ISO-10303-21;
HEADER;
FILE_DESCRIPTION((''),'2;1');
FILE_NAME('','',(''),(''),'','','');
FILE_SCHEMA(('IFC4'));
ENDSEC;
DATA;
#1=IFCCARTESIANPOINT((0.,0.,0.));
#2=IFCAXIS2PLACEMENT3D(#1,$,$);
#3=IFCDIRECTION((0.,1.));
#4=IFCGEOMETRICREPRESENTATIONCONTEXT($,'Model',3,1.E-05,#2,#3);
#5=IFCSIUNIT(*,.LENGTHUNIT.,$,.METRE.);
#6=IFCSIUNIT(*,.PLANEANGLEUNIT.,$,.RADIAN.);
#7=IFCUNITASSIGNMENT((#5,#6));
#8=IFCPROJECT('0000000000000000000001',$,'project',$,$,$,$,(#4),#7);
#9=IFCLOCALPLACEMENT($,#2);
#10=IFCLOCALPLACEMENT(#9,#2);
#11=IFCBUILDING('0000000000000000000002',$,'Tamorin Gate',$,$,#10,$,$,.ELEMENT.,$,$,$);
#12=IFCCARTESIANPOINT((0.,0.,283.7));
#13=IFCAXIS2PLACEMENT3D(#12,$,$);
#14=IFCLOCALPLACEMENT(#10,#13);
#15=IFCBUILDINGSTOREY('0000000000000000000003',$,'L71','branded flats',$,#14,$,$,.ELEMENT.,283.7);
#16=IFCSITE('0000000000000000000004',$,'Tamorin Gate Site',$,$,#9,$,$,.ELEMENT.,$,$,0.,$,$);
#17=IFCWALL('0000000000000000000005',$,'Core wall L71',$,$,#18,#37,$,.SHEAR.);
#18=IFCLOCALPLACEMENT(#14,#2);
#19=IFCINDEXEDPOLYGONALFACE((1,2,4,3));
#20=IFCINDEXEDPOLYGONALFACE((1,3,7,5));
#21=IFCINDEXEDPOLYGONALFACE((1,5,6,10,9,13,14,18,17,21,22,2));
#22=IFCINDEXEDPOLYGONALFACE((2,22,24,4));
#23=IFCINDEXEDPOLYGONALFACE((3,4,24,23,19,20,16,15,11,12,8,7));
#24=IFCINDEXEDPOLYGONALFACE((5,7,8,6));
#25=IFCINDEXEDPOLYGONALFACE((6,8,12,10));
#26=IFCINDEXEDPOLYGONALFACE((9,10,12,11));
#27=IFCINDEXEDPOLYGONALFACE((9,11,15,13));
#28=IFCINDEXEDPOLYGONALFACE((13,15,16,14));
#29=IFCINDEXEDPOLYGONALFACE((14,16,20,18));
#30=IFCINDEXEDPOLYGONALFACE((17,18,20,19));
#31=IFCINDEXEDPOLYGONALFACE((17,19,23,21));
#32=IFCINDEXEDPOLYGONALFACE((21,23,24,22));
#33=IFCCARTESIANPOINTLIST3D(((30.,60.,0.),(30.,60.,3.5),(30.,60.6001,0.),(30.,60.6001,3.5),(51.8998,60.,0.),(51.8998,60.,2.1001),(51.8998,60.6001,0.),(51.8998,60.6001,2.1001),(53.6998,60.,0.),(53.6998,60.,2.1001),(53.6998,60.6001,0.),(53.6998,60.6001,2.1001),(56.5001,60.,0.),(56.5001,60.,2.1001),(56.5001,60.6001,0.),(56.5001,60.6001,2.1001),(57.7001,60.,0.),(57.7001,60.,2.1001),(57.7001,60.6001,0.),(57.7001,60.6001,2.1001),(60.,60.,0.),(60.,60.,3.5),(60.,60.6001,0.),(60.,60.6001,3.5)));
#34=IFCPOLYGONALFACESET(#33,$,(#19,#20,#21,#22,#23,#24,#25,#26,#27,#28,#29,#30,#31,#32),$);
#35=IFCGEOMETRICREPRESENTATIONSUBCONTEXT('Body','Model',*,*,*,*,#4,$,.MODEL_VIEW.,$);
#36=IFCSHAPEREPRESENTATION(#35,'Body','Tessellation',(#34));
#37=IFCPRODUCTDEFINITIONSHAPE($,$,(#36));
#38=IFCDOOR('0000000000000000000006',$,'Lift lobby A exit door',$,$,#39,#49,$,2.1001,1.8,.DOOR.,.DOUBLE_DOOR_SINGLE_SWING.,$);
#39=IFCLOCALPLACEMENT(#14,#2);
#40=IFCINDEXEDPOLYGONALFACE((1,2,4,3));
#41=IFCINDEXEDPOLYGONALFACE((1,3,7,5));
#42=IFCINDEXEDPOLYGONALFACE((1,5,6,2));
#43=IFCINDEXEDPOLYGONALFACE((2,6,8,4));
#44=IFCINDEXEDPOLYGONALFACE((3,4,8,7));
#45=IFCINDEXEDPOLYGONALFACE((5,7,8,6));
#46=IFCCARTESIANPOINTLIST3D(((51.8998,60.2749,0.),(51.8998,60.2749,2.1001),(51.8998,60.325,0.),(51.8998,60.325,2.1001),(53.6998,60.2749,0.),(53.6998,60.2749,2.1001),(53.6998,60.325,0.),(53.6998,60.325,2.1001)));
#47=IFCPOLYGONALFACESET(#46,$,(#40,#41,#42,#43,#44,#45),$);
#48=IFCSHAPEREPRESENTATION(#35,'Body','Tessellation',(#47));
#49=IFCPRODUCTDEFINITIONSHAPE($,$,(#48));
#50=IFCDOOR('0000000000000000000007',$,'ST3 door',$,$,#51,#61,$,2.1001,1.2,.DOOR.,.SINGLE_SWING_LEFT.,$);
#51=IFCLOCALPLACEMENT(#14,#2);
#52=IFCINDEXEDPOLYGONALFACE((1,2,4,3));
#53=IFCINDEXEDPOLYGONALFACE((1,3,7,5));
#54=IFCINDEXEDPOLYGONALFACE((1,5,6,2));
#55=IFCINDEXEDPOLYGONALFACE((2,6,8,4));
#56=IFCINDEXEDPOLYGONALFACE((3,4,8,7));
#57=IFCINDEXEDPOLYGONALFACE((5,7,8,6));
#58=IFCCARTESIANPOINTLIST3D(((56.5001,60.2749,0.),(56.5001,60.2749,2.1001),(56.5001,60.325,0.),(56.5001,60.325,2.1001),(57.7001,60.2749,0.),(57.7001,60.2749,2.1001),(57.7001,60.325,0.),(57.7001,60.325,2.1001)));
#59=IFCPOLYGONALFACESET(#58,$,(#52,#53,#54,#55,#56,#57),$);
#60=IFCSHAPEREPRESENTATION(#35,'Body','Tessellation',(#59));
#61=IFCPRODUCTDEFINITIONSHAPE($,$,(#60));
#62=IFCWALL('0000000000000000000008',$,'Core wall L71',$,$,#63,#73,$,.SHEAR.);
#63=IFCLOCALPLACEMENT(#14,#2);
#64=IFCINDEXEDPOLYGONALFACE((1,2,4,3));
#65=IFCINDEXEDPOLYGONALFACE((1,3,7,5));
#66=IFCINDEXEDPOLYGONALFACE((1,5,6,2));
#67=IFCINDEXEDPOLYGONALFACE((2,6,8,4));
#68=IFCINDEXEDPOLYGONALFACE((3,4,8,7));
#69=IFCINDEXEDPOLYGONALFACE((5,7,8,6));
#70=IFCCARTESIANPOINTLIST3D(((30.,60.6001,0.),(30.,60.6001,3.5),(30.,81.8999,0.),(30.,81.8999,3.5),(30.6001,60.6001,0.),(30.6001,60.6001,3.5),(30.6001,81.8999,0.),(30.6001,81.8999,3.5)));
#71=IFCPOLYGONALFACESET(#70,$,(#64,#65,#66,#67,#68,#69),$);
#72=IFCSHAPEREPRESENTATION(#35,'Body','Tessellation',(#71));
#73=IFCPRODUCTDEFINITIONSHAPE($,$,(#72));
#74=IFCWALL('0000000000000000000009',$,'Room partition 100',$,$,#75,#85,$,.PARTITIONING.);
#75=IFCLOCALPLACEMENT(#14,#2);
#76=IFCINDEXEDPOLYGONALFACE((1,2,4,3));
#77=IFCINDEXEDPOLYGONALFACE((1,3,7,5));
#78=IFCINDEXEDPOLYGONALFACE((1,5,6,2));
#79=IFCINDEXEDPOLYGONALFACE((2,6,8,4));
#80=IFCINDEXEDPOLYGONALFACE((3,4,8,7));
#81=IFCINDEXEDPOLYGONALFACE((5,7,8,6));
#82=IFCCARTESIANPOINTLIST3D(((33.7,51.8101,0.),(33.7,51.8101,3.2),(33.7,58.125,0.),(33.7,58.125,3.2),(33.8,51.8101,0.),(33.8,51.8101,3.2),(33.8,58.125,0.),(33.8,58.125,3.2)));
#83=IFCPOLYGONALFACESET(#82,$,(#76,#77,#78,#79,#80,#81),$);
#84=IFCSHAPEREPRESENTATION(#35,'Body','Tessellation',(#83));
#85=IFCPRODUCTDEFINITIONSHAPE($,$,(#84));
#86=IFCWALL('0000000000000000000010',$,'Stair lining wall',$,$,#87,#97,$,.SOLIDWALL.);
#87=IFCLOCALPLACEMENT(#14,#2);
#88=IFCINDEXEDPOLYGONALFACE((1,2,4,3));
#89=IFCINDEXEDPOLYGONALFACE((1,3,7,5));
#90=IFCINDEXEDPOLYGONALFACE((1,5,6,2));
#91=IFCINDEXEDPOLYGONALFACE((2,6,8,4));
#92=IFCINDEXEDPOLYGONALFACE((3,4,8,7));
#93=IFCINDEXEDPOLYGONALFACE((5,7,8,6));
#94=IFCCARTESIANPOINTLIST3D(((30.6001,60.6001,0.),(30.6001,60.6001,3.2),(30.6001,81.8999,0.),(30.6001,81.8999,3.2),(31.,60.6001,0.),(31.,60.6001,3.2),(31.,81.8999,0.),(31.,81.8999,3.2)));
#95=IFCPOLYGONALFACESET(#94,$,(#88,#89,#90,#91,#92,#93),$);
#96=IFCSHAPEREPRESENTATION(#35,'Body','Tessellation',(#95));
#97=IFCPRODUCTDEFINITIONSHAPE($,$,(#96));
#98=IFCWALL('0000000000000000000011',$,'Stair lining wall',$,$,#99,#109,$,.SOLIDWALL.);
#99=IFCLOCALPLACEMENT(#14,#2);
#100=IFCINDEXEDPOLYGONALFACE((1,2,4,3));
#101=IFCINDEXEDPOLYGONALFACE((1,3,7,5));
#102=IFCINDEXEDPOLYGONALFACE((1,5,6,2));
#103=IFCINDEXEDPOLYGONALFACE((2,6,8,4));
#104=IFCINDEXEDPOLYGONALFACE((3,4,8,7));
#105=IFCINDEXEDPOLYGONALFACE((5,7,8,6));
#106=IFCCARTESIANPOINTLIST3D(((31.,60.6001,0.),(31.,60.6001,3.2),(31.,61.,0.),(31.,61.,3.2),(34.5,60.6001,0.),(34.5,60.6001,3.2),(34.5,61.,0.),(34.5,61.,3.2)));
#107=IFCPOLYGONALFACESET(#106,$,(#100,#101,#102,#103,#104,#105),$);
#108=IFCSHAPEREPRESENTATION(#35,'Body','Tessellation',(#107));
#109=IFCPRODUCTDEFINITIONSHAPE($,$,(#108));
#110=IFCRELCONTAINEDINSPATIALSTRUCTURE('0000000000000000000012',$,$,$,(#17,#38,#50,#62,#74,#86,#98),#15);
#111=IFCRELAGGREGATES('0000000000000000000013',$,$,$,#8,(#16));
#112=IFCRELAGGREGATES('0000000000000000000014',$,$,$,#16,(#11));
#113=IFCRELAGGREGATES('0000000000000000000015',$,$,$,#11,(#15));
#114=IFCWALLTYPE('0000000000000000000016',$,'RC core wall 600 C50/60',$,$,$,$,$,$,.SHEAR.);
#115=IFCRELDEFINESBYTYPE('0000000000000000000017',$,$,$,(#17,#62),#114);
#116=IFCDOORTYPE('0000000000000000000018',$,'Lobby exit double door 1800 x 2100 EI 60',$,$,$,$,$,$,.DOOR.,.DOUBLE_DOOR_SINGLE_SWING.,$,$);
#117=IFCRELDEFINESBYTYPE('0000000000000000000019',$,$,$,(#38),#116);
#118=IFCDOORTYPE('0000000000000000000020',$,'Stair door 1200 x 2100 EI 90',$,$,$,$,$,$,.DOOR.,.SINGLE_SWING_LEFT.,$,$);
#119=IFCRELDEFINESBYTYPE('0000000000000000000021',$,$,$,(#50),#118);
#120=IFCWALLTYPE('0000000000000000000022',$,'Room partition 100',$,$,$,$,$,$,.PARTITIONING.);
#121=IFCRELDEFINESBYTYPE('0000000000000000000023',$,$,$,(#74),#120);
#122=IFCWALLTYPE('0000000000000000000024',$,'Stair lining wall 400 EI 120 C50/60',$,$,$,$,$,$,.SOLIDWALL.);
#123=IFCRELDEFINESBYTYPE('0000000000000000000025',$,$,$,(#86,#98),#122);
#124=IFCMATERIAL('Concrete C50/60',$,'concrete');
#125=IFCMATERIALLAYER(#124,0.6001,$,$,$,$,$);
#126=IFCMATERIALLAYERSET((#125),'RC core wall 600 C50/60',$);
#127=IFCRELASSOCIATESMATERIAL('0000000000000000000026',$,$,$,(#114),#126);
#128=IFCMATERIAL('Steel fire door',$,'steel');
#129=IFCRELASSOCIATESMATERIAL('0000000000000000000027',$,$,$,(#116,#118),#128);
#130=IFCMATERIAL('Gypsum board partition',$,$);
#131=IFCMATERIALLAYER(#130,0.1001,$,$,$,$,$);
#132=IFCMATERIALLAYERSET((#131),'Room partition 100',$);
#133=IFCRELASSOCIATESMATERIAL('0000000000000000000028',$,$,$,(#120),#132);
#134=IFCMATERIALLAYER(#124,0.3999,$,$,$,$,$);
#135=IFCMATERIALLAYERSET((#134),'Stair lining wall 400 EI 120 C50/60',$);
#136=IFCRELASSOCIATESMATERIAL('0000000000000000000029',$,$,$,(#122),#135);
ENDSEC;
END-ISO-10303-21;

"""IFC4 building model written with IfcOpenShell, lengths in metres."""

from ifc_helpers import new_model, si_unit, direction, frame, frame_2d, origin, place, context, subcontext, project, spatial, rectangle, extrude, material, layer, layer_set, type_object, element, fill, save


model = new_model("IFC4")

# Units and contexts
model_context = context("Model", 3, precision=1e-05, world=origin(), true_north=direction((0.0, 1.0)))
body_context = subcontext(model_context, "Body", "Model", "MODEL_VIEW")
ifc_project = project(units=[si_unit("LENGTHUNIT", "METRE"), si_unit("PLANEANGLEUNIT", "RADIAN")], contexts=[model_context])

# Site, building, storey
site_placement = place(None, origin())
site = spatial("IfcSite", under=ifc_project, at=site_placement, Name="Tamorin Gate Site", CompositionType="ELEMENT", RefElevation=0.0)
building_placement = place(site_placement, origin())
building = spatial("IfcBuilding", under=site, at=building_placement, Name="Tamorin Gate", CompositionType="ELEMENT")
storey_placement = place(building_placement, frame((0.0, 0.0, 283.7)))
storey = spatial("IfcBuildingStorey", under=building, at=storey_placement, Name="L71", Description="branded flats", CompositionType="ELEMENT", Elevation=283.7)

# Shared definitions
ifc_material_1 = material(Name="Concrete C50/60", Category="concrete")

# Shared definitions
ifc_material_2 = material(Name="Gypsum board partition")

# Wall, openings, doors
ifc_layer_1 = layer(ifc_material_1, 0.6001)
ifc_layer_set_1 = layer_set([ifc_layer_1], Name="RC core wall 600 C50/60")
wall_type_1 = type_object("IfcWallType", Name="RC core wall 600 C50/60", PredefinedType="SHEAR", material=ifc_layer_set_1)
wall_1_placement = place(storey_placement, frame((30.0, 60.3, 0.0), z_axis=(0.0, 0.0, 1.0), x_axis=(1.0, 0.0, 0.0)))
wall_1 = element("IfcWall", 1, at=wall_1_placement, inside=storey, type_object=wall_type_1, Name="Core wall L71", PredefinedType="SHEAR", context=body_context, shape_type="SweptSolid", body=[
    extrude(rectangle(XDim=30.0, YDim=0.6001, at=frame_2d((15.0, 0.0))), origin(), (0.0, 0.0, 1.0), 3.5),
])
opening_1_placement = place(wall_1_placement, frame((21.8999, 0.0, 0.0)))
opening_1 = element("IfcOpeningElement", 2, at=opening_1_placement, cuts=wall_1, PredefinedType="OPENING", context=body_context, shape_type="SweptSolid", body=[
    extrude(rectangle(XDim=1.8, YDim=2.1001, at=frame_2d((0.8999, 1.05))), frame((0.0, 0.3101, 0.0), z_axis=(0.0, -1.0, 0.0), x_axis=(1.0, 0.0, 0.0)), (0.0, 0.0, 1.0), 0.6201),
])
opening_2_placement = place(wall_1_placement, frame((26.5, 0.0, 0.0)))
opening_2 = element("IfcOpeningElement", 3, at=opening_2_placement, cuts=wall_1, PredefinedType="OPENING", context=body_context, shape_type="SweptSolid", body=[
    extrude(rectangle(XDim=1.2, YDim=2.1001, at=frame_2d((0.6001, 1.05))), frame((0.0, 0.3101, 0.0), z_axis=(0.0, -1.0, 0.0), x_axis=(1.0, 0.0, 0.0)), (0.0, 0.0, 1.0), 0.6201),
])
ifc_material_3 = material(Name="Steel fire door", Category="steel")
door_type_1 = type_object("IfcDoorType", Name="Lobby exit double door 1800 x 2100 EI 60", OperationType="DOUBLE_DOOR_SINGLE_SWING", PredefinedType="DOOR", material=ifc_material_3)
door_1_placement = place(opening_1_placement, origin())
door_1 = element("IfcDoor", 4, at=door_1_placement, inside=storey, type_object=door_type_1, Name="Lift lobby A exit door", OperationType="DOUBLE_DOOR_SINGLE_SWING", OverallHeight=2.1001, OverallWidth=1.8, PredefinedType="DOOR", context=body_context, shape_type="SweptSolid", body=[
    extrude(rectangle(XDim=1.8, YDim=2.1001, at=frame_2d((0.8999, 1.05))), frame((0.0, 0.0249, 0.0), z_axis=(0.0, -1.0, 0.0), x_axis=(1.0, 0.0, 0.0)), (0.0, 0.0, 1.0), 0.05),
])
fill(opening_1, door_1)
door_type_2 = type_object("IfcDoorType", Name="Stair door 1200 x 2100 EI 90", OperationType="SINGLE_SWING_LEFT", PredefinedType="DOOR", material=ifc_material_3)
door_2_placement = place(opening_2_placement, origin())
door_2 = element("IfcDoor", 5, at=door_2_placement, inside=storey, type_object=door_type_2, Name="ST3 door", OperationType="SINGLE_SWING_LEFT", OverallHeight=2.1001, OverallWidth=1.2, PredefinedType="DOOR", context=body_context, shape_type="SweptSolid", body=[
    extrude(rectangle(XDim=1.2, YDim=2.1001, at=frame_2d((0.6001, 1.05))), frame((0.0, 0.0249, 0.0), z_axis=(0.0, -1.0, 0.0), x_axis=(1.0, 0.0, 0.0)), (0.0, 0.0, 1.0), 0.05),
])
fill(opening_2, door_2)

# Walls
wall_2_placement = place(storey_placement, frame((30.3, 60.6001, 0.0), z_axis=(0.0, 0.0, 1.0), x_axis=(0.0, 1.0, 0.0)))
element("IfcWall", 6, at=wall_2_placement, inside=storey, type_object=wall_type_1, Name="Core wall L71", PredefinedType="SHEAR", context=body_context, shape_type="SweptSolid", body=[
    extrude(rectangle(XDim=21.2998, YDim=0.6001, at=frame_2d((10.6499, 0.0))), origin(), (0.0, 0.0, 1.0), 3.5),
])
ifc_layer_2 = layer(ifc_material_2, 0.1001)
ifc_layer_set_2 = layer_set([ifc_layer_2], Name="Room partition 100")
wall_type_2 = type_object("IfcWallType", Name="Room partition 100", PredefinedType="PARTITIONING", material=ifc_layer_set_2)
wall_3_placement = place(storey_placement, frame((33.75, 51.8101, 0.0), z_axis=(0.0, 0.0, 1.0), x_axis=(0.0, 1.0, 0.0)))
element("IfcWall", 7, at=wall_3_placement, inside=storey, type_object=wall_type_2, Name="Room partition 100", PredefinedType="PARTITIONING", context=body_context, shape_type="SweptSolid", body=[
    extrude(rectangle(XDim=6.3149, YDim=0.1001, at=frame_2d((3.1575, 0.0))), origin(), (0.0, 0.0, 1.0), 3.2),
])
ifc_layer_3 = layer(ifc_material_1, 0.3999)
ifc_layer_set_3 = layer_set([ifc_layer_3], Name="Stair lining wall 400 EI 120 C50/60")
wall_type_3 = type_object("IfcWallType", Name="Stair lining wall 400 EI 120 C50/60", PredefinedType="SOLIDWALL", material=ifc_layer_set_3)
wall_4_placement = place(storey_placement, frame((30.8, 60.6001, 0.0), z_axis=(0.0, 0.0, 1.0), x_axis=(0.0, 1.0, 0.0)))
element("IfcWall", 8, at=wall_4_placement, inside=storey, type_object=wall_type_3, Name="Stair lining wall", PredefinedType="SOLIDWALL", context=body_context, shape_type="SweptSolid", body=[
    extrude(rectangle(XDim=21.2998, YDim=0.3999, at=frame_2d((10.6499, 0.0))), origin(), (0.0, 0.0, 1.0), 3.2),
])
wall_5_placement = place(storey_placement, frame((31.0, 60.8, 0.0), z_axis=(0.0, 0.0, 1.0), x_axis=(1.0, 0.0, 0.0)))
element("IfcWall", 9, at=wall_5_placement, inside=storey, type_object=wall_type_3, Name="Stair lining wall", PredefinedType="SOLIDWALL", context=body_context, shape_type="SweptSolid", body=[
    extrude(rectangle(XDim=3.5, YDim=0.3999, at=frame_2d((1.75, 0.0))), origin(), (0.0, 0.0, 1.0), 3.2),
])

save(model, "model.ifc")
